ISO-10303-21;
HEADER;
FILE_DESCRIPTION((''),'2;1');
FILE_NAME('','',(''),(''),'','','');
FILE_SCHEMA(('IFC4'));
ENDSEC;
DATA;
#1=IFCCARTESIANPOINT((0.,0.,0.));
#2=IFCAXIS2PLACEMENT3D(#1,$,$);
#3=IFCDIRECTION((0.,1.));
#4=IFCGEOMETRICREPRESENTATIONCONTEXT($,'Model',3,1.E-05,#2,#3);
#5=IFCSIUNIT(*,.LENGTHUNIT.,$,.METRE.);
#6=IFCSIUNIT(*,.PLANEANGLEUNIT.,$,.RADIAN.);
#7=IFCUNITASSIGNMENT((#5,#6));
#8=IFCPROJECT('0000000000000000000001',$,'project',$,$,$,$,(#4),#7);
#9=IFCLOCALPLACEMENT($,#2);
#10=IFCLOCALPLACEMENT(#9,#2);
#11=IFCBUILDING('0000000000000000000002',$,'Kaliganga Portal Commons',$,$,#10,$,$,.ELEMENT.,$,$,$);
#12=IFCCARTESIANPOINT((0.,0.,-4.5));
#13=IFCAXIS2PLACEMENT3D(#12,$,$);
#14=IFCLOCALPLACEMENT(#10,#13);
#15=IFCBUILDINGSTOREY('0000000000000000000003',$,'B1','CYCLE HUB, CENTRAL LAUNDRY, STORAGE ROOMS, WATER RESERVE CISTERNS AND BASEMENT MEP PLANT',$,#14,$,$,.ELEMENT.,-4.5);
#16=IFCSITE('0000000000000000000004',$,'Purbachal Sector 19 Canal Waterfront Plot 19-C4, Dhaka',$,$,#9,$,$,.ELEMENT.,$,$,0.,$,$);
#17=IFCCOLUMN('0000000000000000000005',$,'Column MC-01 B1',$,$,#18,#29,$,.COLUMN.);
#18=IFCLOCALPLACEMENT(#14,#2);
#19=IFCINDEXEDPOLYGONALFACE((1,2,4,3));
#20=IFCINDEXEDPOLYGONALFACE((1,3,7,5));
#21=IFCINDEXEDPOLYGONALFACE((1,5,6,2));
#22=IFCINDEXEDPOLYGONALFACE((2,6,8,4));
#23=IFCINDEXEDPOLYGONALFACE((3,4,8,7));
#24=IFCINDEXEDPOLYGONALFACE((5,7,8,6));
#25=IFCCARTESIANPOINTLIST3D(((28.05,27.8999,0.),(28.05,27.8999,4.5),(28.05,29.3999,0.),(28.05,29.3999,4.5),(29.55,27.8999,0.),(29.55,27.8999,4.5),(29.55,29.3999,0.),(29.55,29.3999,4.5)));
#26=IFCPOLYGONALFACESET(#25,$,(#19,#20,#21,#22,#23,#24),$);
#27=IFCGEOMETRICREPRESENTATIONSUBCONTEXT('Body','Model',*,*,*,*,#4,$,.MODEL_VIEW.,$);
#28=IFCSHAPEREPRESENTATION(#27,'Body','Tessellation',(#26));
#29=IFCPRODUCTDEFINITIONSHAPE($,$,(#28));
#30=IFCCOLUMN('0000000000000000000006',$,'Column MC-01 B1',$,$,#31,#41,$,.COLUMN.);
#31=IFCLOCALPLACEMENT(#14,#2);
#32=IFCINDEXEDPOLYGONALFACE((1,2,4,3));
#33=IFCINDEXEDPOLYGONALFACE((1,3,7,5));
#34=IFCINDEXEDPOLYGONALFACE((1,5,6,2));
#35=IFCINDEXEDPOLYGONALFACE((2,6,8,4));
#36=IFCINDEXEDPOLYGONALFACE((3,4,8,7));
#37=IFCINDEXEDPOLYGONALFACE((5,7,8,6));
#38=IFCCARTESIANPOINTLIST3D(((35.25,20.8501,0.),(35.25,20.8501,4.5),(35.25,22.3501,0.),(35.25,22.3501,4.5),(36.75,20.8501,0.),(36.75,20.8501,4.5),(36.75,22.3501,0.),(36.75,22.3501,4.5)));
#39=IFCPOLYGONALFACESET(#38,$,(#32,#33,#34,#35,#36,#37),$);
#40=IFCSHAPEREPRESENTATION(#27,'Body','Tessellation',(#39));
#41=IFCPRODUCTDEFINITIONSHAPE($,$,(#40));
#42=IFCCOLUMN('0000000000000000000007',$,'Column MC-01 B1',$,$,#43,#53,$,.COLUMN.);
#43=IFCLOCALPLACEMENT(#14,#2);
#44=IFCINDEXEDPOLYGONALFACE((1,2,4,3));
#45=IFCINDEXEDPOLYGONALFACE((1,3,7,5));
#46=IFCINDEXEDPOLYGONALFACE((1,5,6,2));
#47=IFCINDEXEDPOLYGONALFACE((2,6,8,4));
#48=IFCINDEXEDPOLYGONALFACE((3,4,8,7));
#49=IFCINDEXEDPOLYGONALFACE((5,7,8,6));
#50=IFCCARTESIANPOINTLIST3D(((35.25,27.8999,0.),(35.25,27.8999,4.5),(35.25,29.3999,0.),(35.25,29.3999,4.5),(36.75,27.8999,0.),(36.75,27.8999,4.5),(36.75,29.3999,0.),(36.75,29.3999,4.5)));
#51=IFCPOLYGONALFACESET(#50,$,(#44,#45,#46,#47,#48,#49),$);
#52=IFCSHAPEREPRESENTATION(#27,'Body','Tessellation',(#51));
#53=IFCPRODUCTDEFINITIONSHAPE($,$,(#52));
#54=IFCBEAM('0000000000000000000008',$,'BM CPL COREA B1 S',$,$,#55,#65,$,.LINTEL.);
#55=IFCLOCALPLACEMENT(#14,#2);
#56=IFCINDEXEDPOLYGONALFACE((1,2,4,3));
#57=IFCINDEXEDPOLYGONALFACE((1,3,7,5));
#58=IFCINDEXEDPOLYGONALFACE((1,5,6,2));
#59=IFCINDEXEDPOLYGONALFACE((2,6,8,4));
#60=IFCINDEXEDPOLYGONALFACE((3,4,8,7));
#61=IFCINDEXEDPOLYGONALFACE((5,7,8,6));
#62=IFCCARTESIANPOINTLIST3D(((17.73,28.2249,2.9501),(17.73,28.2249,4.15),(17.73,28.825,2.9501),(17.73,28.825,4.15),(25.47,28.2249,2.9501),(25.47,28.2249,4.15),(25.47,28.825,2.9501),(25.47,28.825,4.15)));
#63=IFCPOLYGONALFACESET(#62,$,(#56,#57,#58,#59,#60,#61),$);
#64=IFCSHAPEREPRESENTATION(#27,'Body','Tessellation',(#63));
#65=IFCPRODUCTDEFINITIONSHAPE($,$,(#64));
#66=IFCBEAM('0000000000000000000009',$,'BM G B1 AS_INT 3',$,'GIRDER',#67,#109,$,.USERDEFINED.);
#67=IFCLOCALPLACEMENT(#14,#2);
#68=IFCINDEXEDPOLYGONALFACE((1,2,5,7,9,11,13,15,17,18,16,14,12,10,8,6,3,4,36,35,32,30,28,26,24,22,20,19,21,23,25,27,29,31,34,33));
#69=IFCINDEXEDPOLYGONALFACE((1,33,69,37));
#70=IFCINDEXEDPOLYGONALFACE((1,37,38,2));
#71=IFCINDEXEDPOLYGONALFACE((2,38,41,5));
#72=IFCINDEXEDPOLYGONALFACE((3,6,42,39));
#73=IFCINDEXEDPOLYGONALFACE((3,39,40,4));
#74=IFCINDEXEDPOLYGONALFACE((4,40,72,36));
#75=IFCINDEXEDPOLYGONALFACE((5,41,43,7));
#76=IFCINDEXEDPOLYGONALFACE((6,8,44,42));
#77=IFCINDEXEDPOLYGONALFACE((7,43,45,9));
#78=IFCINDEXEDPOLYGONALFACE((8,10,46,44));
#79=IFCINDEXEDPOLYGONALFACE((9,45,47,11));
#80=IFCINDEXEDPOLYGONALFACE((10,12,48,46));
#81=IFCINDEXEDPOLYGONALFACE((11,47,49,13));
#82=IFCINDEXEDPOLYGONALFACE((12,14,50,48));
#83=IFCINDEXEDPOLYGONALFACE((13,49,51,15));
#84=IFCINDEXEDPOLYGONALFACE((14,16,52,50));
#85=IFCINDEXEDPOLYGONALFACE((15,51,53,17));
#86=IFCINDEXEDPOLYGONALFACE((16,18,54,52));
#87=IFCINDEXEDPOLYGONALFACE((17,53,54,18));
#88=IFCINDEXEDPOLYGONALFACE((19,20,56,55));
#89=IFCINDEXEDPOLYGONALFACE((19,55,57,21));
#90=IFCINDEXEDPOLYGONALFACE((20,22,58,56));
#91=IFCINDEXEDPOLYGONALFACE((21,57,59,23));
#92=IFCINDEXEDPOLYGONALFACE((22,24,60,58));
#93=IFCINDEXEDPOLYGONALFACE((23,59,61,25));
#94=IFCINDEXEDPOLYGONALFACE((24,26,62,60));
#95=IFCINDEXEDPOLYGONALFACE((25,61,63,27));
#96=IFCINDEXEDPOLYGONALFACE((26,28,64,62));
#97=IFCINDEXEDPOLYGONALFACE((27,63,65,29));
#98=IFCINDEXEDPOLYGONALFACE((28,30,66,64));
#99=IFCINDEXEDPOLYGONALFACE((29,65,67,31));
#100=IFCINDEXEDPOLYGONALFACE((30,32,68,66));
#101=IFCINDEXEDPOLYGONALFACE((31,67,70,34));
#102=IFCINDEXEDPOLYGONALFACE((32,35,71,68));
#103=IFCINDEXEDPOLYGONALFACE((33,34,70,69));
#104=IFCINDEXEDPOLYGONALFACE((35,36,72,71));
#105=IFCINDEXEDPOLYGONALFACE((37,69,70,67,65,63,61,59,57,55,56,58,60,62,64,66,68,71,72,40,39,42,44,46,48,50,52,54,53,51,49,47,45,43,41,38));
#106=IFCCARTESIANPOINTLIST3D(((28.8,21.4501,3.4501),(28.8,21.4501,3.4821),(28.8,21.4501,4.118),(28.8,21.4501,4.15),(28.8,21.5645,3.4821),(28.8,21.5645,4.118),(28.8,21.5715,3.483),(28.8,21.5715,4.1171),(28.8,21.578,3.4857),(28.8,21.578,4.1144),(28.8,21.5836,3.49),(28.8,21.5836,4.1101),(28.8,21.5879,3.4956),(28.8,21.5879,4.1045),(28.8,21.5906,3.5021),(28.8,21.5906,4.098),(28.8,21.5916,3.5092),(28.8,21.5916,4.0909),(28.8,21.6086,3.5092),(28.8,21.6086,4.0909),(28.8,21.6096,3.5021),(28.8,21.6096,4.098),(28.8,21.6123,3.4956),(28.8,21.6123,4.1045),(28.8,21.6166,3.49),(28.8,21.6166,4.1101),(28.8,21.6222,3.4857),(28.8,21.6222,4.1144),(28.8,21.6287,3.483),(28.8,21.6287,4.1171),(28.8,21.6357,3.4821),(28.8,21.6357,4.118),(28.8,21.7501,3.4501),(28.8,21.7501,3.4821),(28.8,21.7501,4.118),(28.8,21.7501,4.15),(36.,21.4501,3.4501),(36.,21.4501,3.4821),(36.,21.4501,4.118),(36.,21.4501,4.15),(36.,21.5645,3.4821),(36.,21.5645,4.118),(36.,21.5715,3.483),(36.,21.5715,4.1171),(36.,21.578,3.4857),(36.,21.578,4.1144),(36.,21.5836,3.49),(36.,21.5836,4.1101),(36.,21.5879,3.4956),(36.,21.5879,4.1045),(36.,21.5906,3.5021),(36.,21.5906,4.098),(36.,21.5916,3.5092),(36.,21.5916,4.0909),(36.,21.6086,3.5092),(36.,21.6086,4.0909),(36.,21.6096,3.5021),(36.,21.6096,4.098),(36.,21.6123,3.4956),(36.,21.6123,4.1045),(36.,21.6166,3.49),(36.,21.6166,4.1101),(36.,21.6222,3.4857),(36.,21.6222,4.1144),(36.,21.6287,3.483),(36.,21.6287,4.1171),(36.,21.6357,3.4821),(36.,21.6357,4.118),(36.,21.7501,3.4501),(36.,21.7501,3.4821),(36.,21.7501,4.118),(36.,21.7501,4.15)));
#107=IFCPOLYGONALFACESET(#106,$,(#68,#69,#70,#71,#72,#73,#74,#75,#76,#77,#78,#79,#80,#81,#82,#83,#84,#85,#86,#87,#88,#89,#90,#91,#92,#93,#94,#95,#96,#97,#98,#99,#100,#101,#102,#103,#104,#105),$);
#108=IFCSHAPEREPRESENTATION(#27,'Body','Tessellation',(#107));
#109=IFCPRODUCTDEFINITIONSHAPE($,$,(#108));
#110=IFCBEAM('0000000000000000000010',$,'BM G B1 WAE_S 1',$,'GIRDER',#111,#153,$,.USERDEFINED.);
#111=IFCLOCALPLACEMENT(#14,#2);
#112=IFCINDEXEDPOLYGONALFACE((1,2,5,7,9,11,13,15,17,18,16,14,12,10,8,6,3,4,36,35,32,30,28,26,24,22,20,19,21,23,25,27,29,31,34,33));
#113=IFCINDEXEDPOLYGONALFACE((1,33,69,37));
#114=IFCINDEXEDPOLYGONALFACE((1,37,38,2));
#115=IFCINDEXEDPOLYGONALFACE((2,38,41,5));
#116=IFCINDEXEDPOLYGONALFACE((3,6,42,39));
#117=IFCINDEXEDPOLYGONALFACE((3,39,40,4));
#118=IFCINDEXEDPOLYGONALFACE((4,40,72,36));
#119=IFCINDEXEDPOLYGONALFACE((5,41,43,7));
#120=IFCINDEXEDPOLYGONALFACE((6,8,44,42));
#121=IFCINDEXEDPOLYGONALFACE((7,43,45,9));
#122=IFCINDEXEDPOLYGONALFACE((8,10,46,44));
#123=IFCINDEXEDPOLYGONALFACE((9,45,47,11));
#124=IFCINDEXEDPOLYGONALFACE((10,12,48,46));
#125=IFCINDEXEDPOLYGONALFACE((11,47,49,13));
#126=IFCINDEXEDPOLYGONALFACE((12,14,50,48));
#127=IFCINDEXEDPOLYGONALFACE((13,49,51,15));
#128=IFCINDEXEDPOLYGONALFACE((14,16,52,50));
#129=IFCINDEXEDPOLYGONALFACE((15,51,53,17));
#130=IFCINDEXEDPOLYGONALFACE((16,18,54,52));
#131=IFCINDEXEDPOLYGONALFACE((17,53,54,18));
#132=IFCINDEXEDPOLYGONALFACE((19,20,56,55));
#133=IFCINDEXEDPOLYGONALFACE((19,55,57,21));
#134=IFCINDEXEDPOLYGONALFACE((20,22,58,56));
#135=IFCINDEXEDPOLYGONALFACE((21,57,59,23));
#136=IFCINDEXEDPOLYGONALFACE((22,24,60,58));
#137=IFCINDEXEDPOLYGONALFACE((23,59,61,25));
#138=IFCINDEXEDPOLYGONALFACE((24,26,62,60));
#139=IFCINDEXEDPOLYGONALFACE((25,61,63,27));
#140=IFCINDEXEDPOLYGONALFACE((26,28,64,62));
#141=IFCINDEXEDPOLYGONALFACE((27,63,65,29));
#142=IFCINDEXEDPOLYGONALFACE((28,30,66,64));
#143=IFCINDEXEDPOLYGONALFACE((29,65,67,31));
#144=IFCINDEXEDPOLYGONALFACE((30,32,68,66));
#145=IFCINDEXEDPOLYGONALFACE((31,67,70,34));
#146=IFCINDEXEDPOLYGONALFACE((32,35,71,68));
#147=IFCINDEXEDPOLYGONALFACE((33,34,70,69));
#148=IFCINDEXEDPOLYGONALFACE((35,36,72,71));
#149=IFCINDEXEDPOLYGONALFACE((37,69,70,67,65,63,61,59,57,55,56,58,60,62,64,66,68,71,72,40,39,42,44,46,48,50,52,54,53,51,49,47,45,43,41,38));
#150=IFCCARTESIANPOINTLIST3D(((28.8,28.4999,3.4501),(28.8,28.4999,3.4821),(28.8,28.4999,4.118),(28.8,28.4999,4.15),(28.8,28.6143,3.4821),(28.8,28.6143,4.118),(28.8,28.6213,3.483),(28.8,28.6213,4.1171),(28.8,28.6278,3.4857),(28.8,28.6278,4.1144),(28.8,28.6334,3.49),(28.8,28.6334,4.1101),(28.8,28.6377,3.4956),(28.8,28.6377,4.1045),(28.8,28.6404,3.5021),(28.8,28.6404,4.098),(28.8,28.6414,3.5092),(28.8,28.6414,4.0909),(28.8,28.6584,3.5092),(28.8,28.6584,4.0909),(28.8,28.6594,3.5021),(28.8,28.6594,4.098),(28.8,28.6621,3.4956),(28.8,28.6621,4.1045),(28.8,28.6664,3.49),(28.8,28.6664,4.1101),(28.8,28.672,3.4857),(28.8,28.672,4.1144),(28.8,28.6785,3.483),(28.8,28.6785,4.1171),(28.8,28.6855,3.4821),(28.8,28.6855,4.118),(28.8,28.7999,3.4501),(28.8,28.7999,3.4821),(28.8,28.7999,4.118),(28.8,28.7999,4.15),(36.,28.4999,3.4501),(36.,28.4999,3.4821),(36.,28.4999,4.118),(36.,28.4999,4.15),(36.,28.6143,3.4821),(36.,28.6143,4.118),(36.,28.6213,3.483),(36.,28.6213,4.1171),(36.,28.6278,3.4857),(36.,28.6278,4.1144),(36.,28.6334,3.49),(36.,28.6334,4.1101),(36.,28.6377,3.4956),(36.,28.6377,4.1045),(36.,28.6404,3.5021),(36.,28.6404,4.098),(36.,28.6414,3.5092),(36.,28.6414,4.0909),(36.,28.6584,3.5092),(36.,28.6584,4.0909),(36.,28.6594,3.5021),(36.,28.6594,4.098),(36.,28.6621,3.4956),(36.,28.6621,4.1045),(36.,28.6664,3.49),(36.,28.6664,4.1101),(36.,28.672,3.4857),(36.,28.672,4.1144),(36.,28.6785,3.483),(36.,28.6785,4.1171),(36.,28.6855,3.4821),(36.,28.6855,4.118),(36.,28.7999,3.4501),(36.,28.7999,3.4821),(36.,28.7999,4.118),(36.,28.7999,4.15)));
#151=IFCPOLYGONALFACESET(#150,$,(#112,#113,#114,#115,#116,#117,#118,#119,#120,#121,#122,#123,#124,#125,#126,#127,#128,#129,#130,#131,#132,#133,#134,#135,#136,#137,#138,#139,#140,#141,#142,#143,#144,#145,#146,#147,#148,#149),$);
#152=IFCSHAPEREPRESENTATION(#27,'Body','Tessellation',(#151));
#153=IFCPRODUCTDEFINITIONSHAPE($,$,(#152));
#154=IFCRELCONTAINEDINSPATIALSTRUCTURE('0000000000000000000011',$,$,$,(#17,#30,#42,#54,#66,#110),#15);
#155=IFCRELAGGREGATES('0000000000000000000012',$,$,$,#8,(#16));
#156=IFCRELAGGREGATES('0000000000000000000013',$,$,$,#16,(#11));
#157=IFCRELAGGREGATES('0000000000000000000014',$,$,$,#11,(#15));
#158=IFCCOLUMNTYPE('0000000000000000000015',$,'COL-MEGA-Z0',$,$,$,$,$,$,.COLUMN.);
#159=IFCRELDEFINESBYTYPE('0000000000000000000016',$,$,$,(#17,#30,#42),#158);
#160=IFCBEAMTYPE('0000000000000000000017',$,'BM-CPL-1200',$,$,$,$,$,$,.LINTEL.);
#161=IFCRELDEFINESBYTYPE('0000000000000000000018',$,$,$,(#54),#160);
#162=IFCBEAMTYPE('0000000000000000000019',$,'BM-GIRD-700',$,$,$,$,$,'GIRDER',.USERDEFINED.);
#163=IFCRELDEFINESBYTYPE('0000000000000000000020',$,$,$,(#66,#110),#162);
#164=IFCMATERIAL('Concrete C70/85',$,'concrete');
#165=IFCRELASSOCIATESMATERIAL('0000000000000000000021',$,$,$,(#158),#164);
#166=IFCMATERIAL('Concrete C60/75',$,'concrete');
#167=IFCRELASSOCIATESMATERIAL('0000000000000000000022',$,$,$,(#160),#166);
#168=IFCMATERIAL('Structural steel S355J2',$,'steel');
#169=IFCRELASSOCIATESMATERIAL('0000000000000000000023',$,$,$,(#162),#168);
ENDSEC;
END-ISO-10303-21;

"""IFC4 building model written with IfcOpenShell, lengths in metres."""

from ifc_helpers import new_model, si_unit, direction, frame, origin, origin_2d, place, context, subcontext, project, spatial, rectangle, i_section, extrude, source, transform, mapped, material, material_profile, profile_set, type_object, element, save


model = new_model("IFC4")

# Units and contexts
model_context = context("Model", 3, precision=1e-05, world=origin(), true_north=direction((0.0, 1.0)))
body_context = subcontext(model_context, "Body", "Model", "MODEL_VIEW")
ifc_project = project(units=[si_unit("LENGTHUNIT", "METRE"), si_unit("PLANEANGLEUNIT", "RADIAN")], contexts=[model_context])

# Site, building, storey
site_placement = place(None, origin())
site = spatial("IfcSite", under=ifc_project, at=site_placement, Name="Purbachal Sector 19 Canal Waterfront Plot 19-C4, Dhaka", CompositionType="ELEMENT", RefElevation=0.0)
building_placement = place(site_placement, origin())
building = spatial("IfcBuilding", under=site, at=building_placement, Name="Kaliganga Portal Commons", CompositionType="ELEMENT")
storey_placement = place(building_placement, frame((0.0, 0.0, -4.5)))
storey = spatial("IfcBuildingStorey", under=building, at=storey_placement, Name="B1", Description="CYCLE HUB, CENTRAL LAUNDRY, STORAGE ROOMS, WATER RESERVE CISTERNS AND BASEMENT MEP PLANT", CompositionType="ELEMENT", Elevation=-4.5)

# Columns
ifc_material_1 = material(Name="Concrete C70/85", Category="concrete")
ifc_material_profile_1 = material_profile(ifc_material_1, rectangle(XDim=1.5, YDim=1.5, at=origin_2d()), Name="RC 1500x1500")
ifc_profile_set_1 = profile_set([ifc_material_profile_1], Name="Concrete C70/85")
column_type = type_object("IfcColumnType", Name="COL-MEGA-Z0", PredefinedType="COLUMN", material=ifc_profile_set_1)
shared_shape_1 = source(origin(), body_context, "Body", "SweptSolid", [
    extrude(rectangle(XDim=1.5, YDim=1.5, at=origin_2d()), origin(), (0.0, 0.0, 1.0), 4.5),
])
for number, where, z_axis, x_axis, name in (
    (1, (28.8, 28.6499, 0.0), (0.0, 0.0, 1.0), (1.0, 0.0, 0.0), "Column MC-01 B1"),
    (2, (36.0, 21.6001, 0.0), (0.0, 0.0, 1.0), (1.0, 0.0, 0.0), "Column MC-01 B1"),
    (3, (36.0, 28.6499, 0.0), (0.0, 0.0, 1.0), (1.0, 0.0, 0.0), "Column MC-01 B1"),
):
    element("IfcColumn", number, at=place(storey_placement, frame(where, z_axis=z_axis, x_axis=x_axis)), inside=storey, type_object=column_type, Name=name, PredefinedType="COLUMN", context=body_context, shape_type="MappedRepresentation", body=[
        mapped(shared_shape_1, transform((0.0, 0.0, 0.0), x_axis=(1.0, 0.0, 0.0), y_axis=(0.0, 1.0, 0.0), z_axis=(0.0, 0.0, 1.0), scale=1.0)),
    ])

# Beams
ifc_material_2 = material(Name="Concrete C60/75", Category="concrete")
ifc_material_profile_2 = material_profile(ifc_material_2, rectangle(XDim=0.6001, YDim=1.2, at=origin_2d()), Name="RC 600x1200")
ifc_profile_set_2 = profile_set([ifc_material_profile_2], Name="Concrete C60/75")
beam_type_1 = type_object("IfcBeamType", Name="BM-CPL-1200", PredefinedType="LINTEL", material=ifc_profile_set_2)
shared_shape_2 = source(origin(), body_context, "Body", "SweptSolid", [
    extrude(rectangle(XDim=0.6001, YDim=1.2, at=origin_2d()), origin(), (0.0, 0.0, 1.0), 7.74),
])
beam_1_placement = place(storey_placement, frame((17.73, 28.5249, 3.55), z_axis=(1.0, 0.0, 0.0), x_axis=(0.0, 1.0, 0.0)))
element("IfcBeam", 4, at=beam_1_placement, inside=storey, type_object=beam_type_1, Name="BM CPL COREA B1 S", PredefinedType="LINTEL", context=body_context, shape_type="MappedRepresentation", body=[
    mapped(shared_shape_2, transform((0.0, 0.0, 0.0), x_axis=(1.0, 0.0, 0.0), y_axis=(0.0, 1.0, 0.0), z_axis=(0.0, 0.0, 1.0), scale=1.0)),
])
ifc_material_3 = material(Name="Structural steel S355J2", Category="steel")
ifc_material_profile_3 = material_profile(ifc_material_3, i_section(OverallWidth=0.3, OverallDepth=0.7, WebThickness=0.0171, FlangeThickness=0.032, FilletRadius=0.0271, at=origin_2d()), Name="HE 700 B")
ifc_profile_set_3 = profile_set([ifc_material_profile_3], Name="Structural steel S355J2 wide-flange")
beam_type_2 = type_object("IfcBeamType", Name="BM-GIRD-700", ElementType="GIRDER", PredefinedType="USERDEFINED", material=ifc_profile_set_3)
shared_shape_3 = source(origin(), body_context, "Body", "SweptSolid", [
    extrude(i_section(OverallWidth=0.3, OverallDepth=0.7, WebThickness=0.0171, FlangeThickness=0.032, FilletRadius=0.0271, at=origin_2d()), origin(), (0.0, 0.0, 1.0), 7.2),
])
for number, where, z_axis, x_axis, name in (
    (5, (28.8, 21.6001, 3.8), (1.0, 0.0, 0.0), (0.0, 1.0, 0.0), "BM G B1 AS_INT 3"),
    (6, (28.8, 28.6499, 3.8), (1.0, 0.0, 0.0), (0.0, 1.0, 0.0), "BM G B1 WAE_S 1"),
):
    element("IfcBeam", number, at=place(storey_placement, frame(where, z_axis=z_axis, x_axis=x_axis)), inside=storey, type_object=beam_type_2, Name=name, ObjectType="GIRDER", PredefinedType="USERDEFINED", context=body_context, shape_type="MappedRepresentation", body=[
        mapped(shared_shape_3, transform((0.0, 0.0, 0.0), x_axis=(1.0, 0.0, 0.0), y_axis=(0.0, 1.0, 0.0), z_axis=(0.0, 0.0, 1.0), scale=1.0)),
    ])

save(model, "model.ifc")
